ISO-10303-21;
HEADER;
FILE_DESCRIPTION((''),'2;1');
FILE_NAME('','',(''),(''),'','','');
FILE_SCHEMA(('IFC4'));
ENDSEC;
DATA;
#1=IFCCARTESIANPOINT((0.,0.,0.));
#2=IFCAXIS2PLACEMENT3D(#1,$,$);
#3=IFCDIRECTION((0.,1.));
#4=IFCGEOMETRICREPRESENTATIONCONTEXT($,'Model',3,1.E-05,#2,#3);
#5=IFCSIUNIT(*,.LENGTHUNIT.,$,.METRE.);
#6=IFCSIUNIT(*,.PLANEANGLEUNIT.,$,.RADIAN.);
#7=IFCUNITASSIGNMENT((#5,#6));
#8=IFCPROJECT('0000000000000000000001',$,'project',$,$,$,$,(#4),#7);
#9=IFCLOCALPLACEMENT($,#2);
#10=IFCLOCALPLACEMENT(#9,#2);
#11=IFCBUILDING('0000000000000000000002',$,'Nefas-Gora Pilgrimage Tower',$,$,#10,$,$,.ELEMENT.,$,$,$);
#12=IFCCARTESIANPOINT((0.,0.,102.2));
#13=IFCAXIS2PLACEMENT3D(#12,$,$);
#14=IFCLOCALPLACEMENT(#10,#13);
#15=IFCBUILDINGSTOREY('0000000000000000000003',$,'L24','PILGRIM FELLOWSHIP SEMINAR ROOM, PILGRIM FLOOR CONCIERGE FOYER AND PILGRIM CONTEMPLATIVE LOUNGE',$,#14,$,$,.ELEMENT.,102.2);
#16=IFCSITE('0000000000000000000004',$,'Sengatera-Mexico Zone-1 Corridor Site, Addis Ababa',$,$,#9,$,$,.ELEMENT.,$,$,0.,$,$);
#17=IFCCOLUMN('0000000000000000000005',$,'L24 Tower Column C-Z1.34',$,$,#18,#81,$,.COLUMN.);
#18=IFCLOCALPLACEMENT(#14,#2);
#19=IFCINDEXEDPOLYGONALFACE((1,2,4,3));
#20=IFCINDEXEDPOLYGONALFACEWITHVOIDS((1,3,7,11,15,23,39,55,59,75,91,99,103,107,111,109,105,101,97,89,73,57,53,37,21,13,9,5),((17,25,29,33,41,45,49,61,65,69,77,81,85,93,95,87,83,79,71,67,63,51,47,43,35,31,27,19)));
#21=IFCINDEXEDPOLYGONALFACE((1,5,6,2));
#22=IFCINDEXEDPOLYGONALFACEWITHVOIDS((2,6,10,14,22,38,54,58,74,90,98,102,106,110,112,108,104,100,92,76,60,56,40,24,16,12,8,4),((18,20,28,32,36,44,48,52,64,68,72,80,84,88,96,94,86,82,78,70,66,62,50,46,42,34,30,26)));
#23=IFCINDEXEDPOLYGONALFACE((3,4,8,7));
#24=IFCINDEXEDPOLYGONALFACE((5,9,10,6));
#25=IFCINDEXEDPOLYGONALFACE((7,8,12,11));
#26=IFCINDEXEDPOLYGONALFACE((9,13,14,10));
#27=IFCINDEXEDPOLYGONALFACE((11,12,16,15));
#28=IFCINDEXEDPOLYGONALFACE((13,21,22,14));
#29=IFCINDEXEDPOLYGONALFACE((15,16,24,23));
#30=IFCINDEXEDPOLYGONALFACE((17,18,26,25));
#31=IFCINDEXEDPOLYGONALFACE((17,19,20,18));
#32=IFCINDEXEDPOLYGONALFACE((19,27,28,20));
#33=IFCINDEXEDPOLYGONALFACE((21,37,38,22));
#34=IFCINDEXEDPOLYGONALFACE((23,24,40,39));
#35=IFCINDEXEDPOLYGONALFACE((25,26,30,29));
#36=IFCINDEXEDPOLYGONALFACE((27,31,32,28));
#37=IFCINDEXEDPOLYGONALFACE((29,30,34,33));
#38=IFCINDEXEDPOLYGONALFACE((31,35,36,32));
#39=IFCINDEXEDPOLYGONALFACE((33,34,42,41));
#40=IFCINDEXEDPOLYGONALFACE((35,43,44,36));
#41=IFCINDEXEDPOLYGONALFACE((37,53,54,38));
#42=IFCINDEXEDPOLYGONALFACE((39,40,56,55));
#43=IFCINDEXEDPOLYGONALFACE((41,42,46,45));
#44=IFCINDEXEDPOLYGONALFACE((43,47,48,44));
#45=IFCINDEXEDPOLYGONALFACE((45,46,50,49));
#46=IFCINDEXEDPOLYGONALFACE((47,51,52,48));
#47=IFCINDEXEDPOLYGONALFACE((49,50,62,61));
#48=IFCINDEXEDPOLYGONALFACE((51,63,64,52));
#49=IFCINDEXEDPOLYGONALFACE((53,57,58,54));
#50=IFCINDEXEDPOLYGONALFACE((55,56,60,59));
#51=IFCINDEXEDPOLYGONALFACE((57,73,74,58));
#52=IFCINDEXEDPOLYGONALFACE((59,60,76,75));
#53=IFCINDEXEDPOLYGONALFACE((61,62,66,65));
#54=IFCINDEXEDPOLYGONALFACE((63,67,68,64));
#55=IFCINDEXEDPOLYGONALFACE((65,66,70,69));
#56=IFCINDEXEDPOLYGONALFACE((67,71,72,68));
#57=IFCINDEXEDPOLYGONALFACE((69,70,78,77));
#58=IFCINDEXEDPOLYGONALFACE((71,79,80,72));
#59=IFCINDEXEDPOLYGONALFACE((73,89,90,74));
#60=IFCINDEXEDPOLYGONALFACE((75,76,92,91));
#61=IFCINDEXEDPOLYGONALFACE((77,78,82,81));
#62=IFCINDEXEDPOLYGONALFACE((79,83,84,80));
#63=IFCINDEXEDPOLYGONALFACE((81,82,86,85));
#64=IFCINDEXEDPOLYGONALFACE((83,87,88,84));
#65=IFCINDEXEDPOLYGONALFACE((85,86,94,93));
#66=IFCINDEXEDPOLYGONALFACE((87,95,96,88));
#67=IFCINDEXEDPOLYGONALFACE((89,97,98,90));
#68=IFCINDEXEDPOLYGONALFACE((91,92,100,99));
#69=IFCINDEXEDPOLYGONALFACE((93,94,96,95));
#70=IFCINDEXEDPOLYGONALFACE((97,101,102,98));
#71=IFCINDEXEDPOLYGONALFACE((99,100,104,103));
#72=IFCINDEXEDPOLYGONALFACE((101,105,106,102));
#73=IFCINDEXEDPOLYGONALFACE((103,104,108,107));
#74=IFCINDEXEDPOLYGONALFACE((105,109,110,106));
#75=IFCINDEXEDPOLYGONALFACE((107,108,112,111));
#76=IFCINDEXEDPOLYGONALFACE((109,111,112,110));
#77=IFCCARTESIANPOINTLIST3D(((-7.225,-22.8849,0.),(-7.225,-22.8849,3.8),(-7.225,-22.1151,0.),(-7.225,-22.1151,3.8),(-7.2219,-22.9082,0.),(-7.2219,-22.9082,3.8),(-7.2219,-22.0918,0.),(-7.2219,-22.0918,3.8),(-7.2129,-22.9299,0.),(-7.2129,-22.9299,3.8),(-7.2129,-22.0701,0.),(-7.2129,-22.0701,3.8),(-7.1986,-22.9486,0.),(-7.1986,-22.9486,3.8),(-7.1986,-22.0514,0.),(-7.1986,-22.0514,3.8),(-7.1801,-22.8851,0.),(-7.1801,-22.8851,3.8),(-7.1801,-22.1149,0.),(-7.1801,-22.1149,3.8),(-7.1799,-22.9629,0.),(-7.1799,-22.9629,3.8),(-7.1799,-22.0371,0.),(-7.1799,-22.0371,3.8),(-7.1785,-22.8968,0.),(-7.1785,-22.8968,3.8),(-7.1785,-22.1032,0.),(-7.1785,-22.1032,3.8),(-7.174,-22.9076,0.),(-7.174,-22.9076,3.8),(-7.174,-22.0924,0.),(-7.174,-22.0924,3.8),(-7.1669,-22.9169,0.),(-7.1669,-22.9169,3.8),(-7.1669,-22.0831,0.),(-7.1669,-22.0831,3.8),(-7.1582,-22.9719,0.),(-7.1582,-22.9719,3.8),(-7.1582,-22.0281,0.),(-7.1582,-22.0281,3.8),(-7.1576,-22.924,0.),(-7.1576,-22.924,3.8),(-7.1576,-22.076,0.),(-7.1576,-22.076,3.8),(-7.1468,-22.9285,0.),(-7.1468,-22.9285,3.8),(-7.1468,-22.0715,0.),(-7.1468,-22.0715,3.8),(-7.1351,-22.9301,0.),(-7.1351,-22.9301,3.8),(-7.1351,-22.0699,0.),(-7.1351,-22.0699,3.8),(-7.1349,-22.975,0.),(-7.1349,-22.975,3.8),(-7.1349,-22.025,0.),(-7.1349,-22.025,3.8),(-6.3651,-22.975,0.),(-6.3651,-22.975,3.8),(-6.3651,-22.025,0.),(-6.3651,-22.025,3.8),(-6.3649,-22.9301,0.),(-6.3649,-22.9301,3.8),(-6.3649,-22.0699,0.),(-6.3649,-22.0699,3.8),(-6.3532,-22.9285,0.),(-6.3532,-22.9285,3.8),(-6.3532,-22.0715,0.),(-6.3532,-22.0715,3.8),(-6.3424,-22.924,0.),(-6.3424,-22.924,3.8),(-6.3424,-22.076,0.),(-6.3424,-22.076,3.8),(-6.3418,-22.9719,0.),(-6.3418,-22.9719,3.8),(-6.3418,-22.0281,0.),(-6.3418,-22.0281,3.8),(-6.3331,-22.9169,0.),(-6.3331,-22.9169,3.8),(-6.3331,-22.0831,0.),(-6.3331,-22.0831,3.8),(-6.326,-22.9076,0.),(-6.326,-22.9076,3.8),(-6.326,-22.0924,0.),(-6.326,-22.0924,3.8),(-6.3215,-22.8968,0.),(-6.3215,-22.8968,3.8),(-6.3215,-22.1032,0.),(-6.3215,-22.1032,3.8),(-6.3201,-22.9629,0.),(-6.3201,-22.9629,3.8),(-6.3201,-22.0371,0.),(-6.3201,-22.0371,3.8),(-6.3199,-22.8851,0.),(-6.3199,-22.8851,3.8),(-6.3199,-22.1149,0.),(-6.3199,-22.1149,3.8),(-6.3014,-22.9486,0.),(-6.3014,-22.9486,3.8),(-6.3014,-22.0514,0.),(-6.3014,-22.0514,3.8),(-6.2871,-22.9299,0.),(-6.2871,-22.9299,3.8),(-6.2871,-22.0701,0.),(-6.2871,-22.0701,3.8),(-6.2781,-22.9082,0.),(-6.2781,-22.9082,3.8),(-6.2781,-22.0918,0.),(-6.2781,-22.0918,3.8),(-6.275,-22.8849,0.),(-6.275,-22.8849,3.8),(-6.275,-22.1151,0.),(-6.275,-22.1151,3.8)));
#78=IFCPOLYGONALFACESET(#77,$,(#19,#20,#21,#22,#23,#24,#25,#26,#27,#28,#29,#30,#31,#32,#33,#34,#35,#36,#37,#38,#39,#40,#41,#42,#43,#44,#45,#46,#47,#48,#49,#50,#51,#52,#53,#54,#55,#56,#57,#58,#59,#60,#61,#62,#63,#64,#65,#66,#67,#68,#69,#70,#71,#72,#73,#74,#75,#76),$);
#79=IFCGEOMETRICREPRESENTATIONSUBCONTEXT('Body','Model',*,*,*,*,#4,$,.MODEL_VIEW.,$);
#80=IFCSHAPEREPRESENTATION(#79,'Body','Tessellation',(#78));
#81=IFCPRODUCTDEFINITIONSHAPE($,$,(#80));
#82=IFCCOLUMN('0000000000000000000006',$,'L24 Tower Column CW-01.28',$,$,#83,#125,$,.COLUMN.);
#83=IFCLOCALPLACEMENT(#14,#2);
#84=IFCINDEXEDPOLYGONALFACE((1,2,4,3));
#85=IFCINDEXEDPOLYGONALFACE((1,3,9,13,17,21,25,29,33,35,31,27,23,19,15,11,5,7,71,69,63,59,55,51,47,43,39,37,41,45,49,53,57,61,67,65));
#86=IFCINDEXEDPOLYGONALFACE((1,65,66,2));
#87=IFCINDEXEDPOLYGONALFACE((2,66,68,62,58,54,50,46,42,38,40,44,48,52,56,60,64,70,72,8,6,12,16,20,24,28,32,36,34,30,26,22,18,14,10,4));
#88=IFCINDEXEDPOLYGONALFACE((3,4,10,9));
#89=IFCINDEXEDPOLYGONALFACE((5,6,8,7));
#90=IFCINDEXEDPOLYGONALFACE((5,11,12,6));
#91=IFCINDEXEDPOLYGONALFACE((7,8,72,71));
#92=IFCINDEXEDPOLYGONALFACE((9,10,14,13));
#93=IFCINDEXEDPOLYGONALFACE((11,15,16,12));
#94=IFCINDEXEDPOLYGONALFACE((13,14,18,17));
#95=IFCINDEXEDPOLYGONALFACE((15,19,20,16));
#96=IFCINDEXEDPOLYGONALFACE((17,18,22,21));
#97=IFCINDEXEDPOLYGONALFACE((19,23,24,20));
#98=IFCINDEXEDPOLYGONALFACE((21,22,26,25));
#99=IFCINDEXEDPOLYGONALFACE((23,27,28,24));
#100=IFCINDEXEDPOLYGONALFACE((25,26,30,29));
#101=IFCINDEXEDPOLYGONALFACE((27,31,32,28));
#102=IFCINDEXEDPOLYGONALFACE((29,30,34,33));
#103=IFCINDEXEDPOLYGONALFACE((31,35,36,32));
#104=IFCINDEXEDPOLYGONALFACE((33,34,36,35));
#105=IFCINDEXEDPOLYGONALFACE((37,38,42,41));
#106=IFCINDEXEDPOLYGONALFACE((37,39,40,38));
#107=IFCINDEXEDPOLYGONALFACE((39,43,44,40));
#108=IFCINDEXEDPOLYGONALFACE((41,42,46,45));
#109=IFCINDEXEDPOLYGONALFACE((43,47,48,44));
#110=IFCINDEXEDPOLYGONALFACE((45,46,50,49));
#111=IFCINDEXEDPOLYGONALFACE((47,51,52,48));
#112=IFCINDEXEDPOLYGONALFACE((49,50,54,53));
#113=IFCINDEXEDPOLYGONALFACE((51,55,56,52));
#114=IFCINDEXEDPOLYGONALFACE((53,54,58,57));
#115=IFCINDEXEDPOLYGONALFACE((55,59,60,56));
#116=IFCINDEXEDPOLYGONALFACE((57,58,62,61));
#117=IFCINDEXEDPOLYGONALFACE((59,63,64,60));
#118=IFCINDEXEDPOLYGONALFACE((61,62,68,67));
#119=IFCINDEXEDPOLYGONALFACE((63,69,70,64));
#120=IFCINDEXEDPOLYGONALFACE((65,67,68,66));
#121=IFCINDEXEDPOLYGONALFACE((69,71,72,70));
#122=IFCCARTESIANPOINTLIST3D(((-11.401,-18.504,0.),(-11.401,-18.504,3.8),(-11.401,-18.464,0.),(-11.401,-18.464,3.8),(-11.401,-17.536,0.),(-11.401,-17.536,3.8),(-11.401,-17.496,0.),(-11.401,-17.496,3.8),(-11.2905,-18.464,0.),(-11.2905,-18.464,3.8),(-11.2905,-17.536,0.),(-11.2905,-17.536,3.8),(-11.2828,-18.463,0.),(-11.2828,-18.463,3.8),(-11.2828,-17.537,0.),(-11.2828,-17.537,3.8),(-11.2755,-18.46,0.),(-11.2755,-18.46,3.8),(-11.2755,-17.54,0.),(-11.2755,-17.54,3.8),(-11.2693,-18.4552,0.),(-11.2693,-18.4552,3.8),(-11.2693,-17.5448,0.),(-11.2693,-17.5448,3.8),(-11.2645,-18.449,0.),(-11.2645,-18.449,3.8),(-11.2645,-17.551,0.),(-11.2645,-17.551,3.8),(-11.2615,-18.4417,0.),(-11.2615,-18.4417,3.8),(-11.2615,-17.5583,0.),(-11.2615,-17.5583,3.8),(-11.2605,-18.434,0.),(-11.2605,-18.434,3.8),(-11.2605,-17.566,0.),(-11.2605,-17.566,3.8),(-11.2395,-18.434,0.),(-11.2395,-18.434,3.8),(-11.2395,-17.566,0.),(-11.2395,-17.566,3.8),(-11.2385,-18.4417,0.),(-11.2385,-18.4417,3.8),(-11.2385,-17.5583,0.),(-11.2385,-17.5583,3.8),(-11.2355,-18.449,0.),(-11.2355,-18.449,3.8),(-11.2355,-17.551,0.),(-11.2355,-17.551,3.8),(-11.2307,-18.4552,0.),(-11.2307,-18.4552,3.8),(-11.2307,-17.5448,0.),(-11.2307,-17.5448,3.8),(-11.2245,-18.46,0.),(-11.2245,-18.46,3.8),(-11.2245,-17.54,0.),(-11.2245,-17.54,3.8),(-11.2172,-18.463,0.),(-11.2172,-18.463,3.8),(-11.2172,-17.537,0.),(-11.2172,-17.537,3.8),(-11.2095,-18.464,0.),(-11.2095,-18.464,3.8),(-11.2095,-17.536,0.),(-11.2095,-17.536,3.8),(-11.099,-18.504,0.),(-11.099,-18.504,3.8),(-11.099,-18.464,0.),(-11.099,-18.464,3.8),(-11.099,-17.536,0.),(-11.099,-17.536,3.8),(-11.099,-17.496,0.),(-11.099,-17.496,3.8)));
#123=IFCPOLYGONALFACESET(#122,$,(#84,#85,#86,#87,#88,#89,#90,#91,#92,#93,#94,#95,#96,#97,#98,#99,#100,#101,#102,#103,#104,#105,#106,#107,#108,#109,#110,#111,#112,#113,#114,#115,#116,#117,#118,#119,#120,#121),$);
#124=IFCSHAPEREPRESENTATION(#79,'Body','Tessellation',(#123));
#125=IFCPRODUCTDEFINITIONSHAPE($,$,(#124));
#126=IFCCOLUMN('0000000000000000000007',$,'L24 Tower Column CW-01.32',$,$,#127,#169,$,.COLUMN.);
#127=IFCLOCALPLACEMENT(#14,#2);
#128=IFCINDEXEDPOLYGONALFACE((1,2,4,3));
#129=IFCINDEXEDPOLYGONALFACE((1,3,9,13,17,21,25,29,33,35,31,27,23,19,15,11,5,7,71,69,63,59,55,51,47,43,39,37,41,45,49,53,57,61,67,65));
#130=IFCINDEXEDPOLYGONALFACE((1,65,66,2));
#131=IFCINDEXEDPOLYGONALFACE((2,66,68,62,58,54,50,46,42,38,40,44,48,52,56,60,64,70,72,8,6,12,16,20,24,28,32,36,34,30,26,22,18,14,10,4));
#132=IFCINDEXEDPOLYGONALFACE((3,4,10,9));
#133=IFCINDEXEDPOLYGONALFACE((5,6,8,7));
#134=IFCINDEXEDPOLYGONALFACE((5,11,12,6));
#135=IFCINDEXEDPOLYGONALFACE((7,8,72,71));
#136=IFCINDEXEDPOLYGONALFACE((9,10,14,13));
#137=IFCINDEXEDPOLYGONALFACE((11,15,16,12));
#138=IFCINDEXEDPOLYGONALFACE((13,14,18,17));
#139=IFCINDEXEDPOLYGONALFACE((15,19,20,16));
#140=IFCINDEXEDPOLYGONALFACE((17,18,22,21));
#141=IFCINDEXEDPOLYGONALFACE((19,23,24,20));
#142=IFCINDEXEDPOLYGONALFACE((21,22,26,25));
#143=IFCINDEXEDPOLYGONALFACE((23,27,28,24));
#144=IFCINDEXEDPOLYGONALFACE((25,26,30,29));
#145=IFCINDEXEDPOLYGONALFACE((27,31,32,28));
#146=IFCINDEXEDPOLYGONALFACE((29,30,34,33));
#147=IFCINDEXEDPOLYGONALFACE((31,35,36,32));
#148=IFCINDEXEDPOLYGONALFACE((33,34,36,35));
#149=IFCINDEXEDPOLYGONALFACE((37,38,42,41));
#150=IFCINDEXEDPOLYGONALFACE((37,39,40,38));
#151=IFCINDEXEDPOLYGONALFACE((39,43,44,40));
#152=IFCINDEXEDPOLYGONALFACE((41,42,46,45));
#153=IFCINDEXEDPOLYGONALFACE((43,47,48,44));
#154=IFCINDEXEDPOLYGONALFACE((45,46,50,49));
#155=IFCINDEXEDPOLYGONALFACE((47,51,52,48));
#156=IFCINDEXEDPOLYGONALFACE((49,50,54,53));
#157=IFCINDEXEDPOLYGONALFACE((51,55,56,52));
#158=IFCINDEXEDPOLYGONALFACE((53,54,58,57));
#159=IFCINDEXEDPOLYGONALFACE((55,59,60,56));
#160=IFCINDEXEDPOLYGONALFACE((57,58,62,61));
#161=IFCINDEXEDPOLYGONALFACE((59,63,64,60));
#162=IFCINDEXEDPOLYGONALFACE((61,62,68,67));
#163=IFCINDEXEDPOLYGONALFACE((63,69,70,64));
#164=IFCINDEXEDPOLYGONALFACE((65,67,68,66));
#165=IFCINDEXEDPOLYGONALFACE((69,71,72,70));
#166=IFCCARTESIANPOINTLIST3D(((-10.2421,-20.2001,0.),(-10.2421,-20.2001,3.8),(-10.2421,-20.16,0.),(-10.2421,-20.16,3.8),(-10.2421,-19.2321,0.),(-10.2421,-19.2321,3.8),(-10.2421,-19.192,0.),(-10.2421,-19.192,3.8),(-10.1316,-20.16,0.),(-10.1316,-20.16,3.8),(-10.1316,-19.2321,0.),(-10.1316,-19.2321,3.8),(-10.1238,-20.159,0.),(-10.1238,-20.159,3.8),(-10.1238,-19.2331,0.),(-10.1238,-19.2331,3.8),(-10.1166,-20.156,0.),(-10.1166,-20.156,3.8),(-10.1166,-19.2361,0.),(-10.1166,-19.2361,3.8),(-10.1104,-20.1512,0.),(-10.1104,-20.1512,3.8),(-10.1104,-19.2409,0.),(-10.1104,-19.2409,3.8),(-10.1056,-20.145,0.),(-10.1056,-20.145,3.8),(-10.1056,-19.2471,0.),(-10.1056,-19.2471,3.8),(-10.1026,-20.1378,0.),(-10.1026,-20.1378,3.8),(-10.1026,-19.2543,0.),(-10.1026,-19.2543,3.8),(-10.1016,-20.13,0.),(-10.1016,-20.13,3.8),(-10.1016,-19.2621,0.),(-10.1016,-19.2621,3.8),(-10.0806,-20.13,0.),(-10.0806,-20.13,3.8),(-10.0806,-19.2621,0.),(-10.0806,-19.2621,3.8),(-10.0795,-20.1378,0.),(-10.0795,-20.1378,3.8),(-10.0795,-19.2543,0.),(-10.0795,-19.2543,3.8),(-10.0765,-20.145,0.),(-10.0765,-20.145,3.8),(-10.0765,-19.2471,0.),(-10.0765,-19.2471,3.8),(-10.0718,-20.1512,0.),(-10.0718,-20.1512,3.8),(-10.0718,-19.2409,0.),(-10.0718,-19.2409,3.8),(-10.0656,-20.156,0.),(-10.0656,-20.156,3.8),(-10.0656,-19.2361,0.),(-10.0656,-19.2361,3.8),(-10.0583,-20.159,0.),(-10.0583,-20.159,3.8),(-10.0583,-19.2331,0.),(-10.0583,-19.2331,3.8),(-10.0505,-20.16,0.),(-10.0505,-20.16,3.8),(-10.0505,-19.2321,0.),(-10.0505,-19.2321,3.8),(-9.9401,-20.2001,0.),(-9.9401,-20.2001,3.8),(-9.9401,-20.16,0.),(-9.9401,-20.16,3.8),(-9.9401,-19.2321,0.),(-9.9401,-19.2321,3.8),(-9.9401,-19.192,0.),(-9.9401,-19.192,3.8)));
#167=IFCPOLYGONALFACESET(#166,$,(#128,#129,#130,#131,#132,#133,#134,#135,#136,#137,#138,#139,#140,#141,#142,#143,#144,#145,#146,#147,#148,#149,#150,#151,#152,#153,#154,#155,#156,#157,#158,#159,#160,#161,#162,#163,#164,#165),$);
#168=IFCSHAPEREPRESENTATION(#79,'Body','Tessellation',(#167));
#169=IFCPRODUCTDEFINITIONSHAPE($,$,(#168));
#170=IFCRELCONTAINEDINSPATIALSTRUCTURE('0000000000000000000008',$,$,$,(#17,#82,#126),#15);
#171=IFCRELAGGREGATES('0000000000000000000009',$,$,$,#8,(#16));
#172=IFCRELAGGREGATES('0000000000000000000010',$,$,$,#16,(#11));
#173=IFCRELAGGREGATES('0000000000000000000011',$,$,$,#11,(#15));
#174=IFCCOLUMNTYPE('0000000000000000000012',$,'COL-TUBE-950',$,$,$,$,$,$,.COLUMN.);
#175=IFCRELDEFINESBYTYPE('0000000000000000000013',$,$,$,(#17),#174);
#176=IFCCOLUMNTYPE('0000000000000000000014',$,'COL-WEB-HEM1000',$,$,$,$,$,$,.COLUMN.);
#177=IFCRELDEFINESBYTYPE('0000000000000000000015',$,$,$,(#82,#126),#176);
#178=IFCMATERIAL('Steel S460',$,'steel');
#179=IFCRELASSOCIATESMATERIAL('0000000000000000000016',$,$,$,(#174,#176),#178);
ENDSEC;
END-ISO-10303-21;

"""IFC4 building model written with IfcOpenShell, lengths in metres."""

from ifc_helpers import new_model, si_unit, direction, frame, origin, origin_2d, place, context, subcontext, project, spatial, hollow_rectangle, i_section, extrude, source, transform, mapped, material, material_profile, profile_set, type_object, element, save


model = new_model("IFC4")

# Units and contexts
model_context = context("Model", 3, precision=1e-05, world=origin(), true_north=direction((0.0, 1.0)))
body_context = subcontext(model_context, "Body", "Model", "MODEL_VIEW")
ifc_project = project(units=[si_unit("LENGTHUNIT", "METRE"), si_unit("PLANEANGLEUNIT", "RADIAN")], contexts=[model_context])

# Site, building, storey
site_placement = place(None, origin())
site = spatial("IfcSite", under=ifc_project, at=site_placement, Name="Sengatera-Mexico Zone-1 Corridor Site, Addis Ababa", CompositionType="ELEMENT", RefElevation=0.0)
building_placement = place(site_placement, origin())
building = spatial("IfcBuilding", under=site, at=building_placement, Name="Nefas-Gora Pilgrimage Tower", CompositionType="ELEMENT")
storey_placement = place(building_placement, frame((0.0, 0.0, 102.2)))
storey = spatial("IfcBuildingStorey", under=building, at=storey_placement, Name="L24", Description="PILGRIM FELLOWSHIP SEMINAR ROOM, PILGRIM FLOOR CONCIERGE FOYER AND PILGRIM CONTEMPLATIVE LOUNGE", CompositionType="ELEMENT", Elevation=102.2)

# Columns
ifc_material_1 = material(Name="Steel S460", Category="steel")
ifc_material_profile_1 = material_profile(ifc_material_1, hollow_rectangle(XDim=0.95, YDim=0.95, WallThickness=0.0449, InnerFilletRadius=0.0449, OuterFilletRadius=0.0901, at=origin_2d()), Name="BOX 950x950x45")
ifc_profile_set_1 = profile_set([ifc_material_profile_1], Name="Steel S460")
column_type_1 = type_object("IfcColumnType", Name="COL-TUBE-950", PredefinedType="COLUMN", material=ifc_profile_set_1)
shared_shape_1 = source(origin(), body_context, "Body", "SweptSolid", [
    extrude(hollow_rectangle(XDim=0.95, YDim=0.95, WallThickness=0.0449, InnerFilletRadius=0.0449, OuterFilletRadius=0.0901, at=origin_2d()), origin(), (0.0, 0.0, 1.0), 3.8),
])
column_placement = place(storey_placement, frame((-6.75, -22.5, 0.0), z_axis=(0.0, 0.0, 1.0), x_axis=(1.0, 0.0, 0.0)))
element("IfcColumn", 1, at=column_placement, inside=storey, type_object=column_type_1, Name="L24 Tower Column C-Z1.34", PredefinedType="COLUMN", context=body_context, shape_type="MappedRepresentation", body=[
    mapped(shared_shape_1, transform((0.0, 0.0, 0.0), x_axis=(1.0, 0.0, 0.0), y_axis=(0.0, 1.0, 0.0), z_axis=(0.0, 0.0, 1.0), scale=1.0)),
])
ifc_material_profile_2 = material_profile(ifc_material_1, i_section(OverallWidth=0.302, OverallDepth=1.0081, WebThickness=0.021, FlangeThickness=0.04, FilletRadius=0.03, at=origin_2d()), Name="HEM 1000")
ifc_profile_set_2 = profile_set([ifc_material_profile_2], Name="Steel S460")
column_type_2 = type_object("IfcColumnType", Name="COL-WEB-HEM1000", PredefinedType="COLUMN", material=ifc_profile_set_2)
shared_shape_2 = source(origin(), body_context, "Body", "SweptSolid", [
    extrude(i_section(OverallWidth=0.302, OverallDepth=1.0081, WebThickness=0.021, FlangeThickness=0.04, FilletRadius=0.03, at=origin_2d()), origin(), (0.0, 0.0, 1.0), 3.8),
])
for number, where, z_axis, x_axis, name in (
    (2, (-11.25, -18.0, 0.0), (0.0, 0.0, 1.0), (1.0, 0.0, 0.0), "L24 Tower Column CW-01.28"),
    (3, (-10.0911, -19.696, 0.0), (0.0, 0.0, 1.0), (1.0, 0.0, 0.0), "L24 Tower Column CW-01.32"),
):
    element("IfcColumn", number, at=place(storey_placement, frame(where, z_axis=z_axis, x_axis=x_axis)), inside=storey, type_object=column_type_2, Name=name, PredefinedType="COLUMN", context=body_context, shape_type="MappedRepresentation", body=[
        mapped(shared_shape_2, transform((0.0, 0.0, 0.0), x_axis=(1.0, 0.0, 0.0), y_axis=(0.0, 1.0, 0.0), z_axis=(0.0, 0.0, 1.0), scale=1.0)),
    ])

save(model, "model.ifc")
